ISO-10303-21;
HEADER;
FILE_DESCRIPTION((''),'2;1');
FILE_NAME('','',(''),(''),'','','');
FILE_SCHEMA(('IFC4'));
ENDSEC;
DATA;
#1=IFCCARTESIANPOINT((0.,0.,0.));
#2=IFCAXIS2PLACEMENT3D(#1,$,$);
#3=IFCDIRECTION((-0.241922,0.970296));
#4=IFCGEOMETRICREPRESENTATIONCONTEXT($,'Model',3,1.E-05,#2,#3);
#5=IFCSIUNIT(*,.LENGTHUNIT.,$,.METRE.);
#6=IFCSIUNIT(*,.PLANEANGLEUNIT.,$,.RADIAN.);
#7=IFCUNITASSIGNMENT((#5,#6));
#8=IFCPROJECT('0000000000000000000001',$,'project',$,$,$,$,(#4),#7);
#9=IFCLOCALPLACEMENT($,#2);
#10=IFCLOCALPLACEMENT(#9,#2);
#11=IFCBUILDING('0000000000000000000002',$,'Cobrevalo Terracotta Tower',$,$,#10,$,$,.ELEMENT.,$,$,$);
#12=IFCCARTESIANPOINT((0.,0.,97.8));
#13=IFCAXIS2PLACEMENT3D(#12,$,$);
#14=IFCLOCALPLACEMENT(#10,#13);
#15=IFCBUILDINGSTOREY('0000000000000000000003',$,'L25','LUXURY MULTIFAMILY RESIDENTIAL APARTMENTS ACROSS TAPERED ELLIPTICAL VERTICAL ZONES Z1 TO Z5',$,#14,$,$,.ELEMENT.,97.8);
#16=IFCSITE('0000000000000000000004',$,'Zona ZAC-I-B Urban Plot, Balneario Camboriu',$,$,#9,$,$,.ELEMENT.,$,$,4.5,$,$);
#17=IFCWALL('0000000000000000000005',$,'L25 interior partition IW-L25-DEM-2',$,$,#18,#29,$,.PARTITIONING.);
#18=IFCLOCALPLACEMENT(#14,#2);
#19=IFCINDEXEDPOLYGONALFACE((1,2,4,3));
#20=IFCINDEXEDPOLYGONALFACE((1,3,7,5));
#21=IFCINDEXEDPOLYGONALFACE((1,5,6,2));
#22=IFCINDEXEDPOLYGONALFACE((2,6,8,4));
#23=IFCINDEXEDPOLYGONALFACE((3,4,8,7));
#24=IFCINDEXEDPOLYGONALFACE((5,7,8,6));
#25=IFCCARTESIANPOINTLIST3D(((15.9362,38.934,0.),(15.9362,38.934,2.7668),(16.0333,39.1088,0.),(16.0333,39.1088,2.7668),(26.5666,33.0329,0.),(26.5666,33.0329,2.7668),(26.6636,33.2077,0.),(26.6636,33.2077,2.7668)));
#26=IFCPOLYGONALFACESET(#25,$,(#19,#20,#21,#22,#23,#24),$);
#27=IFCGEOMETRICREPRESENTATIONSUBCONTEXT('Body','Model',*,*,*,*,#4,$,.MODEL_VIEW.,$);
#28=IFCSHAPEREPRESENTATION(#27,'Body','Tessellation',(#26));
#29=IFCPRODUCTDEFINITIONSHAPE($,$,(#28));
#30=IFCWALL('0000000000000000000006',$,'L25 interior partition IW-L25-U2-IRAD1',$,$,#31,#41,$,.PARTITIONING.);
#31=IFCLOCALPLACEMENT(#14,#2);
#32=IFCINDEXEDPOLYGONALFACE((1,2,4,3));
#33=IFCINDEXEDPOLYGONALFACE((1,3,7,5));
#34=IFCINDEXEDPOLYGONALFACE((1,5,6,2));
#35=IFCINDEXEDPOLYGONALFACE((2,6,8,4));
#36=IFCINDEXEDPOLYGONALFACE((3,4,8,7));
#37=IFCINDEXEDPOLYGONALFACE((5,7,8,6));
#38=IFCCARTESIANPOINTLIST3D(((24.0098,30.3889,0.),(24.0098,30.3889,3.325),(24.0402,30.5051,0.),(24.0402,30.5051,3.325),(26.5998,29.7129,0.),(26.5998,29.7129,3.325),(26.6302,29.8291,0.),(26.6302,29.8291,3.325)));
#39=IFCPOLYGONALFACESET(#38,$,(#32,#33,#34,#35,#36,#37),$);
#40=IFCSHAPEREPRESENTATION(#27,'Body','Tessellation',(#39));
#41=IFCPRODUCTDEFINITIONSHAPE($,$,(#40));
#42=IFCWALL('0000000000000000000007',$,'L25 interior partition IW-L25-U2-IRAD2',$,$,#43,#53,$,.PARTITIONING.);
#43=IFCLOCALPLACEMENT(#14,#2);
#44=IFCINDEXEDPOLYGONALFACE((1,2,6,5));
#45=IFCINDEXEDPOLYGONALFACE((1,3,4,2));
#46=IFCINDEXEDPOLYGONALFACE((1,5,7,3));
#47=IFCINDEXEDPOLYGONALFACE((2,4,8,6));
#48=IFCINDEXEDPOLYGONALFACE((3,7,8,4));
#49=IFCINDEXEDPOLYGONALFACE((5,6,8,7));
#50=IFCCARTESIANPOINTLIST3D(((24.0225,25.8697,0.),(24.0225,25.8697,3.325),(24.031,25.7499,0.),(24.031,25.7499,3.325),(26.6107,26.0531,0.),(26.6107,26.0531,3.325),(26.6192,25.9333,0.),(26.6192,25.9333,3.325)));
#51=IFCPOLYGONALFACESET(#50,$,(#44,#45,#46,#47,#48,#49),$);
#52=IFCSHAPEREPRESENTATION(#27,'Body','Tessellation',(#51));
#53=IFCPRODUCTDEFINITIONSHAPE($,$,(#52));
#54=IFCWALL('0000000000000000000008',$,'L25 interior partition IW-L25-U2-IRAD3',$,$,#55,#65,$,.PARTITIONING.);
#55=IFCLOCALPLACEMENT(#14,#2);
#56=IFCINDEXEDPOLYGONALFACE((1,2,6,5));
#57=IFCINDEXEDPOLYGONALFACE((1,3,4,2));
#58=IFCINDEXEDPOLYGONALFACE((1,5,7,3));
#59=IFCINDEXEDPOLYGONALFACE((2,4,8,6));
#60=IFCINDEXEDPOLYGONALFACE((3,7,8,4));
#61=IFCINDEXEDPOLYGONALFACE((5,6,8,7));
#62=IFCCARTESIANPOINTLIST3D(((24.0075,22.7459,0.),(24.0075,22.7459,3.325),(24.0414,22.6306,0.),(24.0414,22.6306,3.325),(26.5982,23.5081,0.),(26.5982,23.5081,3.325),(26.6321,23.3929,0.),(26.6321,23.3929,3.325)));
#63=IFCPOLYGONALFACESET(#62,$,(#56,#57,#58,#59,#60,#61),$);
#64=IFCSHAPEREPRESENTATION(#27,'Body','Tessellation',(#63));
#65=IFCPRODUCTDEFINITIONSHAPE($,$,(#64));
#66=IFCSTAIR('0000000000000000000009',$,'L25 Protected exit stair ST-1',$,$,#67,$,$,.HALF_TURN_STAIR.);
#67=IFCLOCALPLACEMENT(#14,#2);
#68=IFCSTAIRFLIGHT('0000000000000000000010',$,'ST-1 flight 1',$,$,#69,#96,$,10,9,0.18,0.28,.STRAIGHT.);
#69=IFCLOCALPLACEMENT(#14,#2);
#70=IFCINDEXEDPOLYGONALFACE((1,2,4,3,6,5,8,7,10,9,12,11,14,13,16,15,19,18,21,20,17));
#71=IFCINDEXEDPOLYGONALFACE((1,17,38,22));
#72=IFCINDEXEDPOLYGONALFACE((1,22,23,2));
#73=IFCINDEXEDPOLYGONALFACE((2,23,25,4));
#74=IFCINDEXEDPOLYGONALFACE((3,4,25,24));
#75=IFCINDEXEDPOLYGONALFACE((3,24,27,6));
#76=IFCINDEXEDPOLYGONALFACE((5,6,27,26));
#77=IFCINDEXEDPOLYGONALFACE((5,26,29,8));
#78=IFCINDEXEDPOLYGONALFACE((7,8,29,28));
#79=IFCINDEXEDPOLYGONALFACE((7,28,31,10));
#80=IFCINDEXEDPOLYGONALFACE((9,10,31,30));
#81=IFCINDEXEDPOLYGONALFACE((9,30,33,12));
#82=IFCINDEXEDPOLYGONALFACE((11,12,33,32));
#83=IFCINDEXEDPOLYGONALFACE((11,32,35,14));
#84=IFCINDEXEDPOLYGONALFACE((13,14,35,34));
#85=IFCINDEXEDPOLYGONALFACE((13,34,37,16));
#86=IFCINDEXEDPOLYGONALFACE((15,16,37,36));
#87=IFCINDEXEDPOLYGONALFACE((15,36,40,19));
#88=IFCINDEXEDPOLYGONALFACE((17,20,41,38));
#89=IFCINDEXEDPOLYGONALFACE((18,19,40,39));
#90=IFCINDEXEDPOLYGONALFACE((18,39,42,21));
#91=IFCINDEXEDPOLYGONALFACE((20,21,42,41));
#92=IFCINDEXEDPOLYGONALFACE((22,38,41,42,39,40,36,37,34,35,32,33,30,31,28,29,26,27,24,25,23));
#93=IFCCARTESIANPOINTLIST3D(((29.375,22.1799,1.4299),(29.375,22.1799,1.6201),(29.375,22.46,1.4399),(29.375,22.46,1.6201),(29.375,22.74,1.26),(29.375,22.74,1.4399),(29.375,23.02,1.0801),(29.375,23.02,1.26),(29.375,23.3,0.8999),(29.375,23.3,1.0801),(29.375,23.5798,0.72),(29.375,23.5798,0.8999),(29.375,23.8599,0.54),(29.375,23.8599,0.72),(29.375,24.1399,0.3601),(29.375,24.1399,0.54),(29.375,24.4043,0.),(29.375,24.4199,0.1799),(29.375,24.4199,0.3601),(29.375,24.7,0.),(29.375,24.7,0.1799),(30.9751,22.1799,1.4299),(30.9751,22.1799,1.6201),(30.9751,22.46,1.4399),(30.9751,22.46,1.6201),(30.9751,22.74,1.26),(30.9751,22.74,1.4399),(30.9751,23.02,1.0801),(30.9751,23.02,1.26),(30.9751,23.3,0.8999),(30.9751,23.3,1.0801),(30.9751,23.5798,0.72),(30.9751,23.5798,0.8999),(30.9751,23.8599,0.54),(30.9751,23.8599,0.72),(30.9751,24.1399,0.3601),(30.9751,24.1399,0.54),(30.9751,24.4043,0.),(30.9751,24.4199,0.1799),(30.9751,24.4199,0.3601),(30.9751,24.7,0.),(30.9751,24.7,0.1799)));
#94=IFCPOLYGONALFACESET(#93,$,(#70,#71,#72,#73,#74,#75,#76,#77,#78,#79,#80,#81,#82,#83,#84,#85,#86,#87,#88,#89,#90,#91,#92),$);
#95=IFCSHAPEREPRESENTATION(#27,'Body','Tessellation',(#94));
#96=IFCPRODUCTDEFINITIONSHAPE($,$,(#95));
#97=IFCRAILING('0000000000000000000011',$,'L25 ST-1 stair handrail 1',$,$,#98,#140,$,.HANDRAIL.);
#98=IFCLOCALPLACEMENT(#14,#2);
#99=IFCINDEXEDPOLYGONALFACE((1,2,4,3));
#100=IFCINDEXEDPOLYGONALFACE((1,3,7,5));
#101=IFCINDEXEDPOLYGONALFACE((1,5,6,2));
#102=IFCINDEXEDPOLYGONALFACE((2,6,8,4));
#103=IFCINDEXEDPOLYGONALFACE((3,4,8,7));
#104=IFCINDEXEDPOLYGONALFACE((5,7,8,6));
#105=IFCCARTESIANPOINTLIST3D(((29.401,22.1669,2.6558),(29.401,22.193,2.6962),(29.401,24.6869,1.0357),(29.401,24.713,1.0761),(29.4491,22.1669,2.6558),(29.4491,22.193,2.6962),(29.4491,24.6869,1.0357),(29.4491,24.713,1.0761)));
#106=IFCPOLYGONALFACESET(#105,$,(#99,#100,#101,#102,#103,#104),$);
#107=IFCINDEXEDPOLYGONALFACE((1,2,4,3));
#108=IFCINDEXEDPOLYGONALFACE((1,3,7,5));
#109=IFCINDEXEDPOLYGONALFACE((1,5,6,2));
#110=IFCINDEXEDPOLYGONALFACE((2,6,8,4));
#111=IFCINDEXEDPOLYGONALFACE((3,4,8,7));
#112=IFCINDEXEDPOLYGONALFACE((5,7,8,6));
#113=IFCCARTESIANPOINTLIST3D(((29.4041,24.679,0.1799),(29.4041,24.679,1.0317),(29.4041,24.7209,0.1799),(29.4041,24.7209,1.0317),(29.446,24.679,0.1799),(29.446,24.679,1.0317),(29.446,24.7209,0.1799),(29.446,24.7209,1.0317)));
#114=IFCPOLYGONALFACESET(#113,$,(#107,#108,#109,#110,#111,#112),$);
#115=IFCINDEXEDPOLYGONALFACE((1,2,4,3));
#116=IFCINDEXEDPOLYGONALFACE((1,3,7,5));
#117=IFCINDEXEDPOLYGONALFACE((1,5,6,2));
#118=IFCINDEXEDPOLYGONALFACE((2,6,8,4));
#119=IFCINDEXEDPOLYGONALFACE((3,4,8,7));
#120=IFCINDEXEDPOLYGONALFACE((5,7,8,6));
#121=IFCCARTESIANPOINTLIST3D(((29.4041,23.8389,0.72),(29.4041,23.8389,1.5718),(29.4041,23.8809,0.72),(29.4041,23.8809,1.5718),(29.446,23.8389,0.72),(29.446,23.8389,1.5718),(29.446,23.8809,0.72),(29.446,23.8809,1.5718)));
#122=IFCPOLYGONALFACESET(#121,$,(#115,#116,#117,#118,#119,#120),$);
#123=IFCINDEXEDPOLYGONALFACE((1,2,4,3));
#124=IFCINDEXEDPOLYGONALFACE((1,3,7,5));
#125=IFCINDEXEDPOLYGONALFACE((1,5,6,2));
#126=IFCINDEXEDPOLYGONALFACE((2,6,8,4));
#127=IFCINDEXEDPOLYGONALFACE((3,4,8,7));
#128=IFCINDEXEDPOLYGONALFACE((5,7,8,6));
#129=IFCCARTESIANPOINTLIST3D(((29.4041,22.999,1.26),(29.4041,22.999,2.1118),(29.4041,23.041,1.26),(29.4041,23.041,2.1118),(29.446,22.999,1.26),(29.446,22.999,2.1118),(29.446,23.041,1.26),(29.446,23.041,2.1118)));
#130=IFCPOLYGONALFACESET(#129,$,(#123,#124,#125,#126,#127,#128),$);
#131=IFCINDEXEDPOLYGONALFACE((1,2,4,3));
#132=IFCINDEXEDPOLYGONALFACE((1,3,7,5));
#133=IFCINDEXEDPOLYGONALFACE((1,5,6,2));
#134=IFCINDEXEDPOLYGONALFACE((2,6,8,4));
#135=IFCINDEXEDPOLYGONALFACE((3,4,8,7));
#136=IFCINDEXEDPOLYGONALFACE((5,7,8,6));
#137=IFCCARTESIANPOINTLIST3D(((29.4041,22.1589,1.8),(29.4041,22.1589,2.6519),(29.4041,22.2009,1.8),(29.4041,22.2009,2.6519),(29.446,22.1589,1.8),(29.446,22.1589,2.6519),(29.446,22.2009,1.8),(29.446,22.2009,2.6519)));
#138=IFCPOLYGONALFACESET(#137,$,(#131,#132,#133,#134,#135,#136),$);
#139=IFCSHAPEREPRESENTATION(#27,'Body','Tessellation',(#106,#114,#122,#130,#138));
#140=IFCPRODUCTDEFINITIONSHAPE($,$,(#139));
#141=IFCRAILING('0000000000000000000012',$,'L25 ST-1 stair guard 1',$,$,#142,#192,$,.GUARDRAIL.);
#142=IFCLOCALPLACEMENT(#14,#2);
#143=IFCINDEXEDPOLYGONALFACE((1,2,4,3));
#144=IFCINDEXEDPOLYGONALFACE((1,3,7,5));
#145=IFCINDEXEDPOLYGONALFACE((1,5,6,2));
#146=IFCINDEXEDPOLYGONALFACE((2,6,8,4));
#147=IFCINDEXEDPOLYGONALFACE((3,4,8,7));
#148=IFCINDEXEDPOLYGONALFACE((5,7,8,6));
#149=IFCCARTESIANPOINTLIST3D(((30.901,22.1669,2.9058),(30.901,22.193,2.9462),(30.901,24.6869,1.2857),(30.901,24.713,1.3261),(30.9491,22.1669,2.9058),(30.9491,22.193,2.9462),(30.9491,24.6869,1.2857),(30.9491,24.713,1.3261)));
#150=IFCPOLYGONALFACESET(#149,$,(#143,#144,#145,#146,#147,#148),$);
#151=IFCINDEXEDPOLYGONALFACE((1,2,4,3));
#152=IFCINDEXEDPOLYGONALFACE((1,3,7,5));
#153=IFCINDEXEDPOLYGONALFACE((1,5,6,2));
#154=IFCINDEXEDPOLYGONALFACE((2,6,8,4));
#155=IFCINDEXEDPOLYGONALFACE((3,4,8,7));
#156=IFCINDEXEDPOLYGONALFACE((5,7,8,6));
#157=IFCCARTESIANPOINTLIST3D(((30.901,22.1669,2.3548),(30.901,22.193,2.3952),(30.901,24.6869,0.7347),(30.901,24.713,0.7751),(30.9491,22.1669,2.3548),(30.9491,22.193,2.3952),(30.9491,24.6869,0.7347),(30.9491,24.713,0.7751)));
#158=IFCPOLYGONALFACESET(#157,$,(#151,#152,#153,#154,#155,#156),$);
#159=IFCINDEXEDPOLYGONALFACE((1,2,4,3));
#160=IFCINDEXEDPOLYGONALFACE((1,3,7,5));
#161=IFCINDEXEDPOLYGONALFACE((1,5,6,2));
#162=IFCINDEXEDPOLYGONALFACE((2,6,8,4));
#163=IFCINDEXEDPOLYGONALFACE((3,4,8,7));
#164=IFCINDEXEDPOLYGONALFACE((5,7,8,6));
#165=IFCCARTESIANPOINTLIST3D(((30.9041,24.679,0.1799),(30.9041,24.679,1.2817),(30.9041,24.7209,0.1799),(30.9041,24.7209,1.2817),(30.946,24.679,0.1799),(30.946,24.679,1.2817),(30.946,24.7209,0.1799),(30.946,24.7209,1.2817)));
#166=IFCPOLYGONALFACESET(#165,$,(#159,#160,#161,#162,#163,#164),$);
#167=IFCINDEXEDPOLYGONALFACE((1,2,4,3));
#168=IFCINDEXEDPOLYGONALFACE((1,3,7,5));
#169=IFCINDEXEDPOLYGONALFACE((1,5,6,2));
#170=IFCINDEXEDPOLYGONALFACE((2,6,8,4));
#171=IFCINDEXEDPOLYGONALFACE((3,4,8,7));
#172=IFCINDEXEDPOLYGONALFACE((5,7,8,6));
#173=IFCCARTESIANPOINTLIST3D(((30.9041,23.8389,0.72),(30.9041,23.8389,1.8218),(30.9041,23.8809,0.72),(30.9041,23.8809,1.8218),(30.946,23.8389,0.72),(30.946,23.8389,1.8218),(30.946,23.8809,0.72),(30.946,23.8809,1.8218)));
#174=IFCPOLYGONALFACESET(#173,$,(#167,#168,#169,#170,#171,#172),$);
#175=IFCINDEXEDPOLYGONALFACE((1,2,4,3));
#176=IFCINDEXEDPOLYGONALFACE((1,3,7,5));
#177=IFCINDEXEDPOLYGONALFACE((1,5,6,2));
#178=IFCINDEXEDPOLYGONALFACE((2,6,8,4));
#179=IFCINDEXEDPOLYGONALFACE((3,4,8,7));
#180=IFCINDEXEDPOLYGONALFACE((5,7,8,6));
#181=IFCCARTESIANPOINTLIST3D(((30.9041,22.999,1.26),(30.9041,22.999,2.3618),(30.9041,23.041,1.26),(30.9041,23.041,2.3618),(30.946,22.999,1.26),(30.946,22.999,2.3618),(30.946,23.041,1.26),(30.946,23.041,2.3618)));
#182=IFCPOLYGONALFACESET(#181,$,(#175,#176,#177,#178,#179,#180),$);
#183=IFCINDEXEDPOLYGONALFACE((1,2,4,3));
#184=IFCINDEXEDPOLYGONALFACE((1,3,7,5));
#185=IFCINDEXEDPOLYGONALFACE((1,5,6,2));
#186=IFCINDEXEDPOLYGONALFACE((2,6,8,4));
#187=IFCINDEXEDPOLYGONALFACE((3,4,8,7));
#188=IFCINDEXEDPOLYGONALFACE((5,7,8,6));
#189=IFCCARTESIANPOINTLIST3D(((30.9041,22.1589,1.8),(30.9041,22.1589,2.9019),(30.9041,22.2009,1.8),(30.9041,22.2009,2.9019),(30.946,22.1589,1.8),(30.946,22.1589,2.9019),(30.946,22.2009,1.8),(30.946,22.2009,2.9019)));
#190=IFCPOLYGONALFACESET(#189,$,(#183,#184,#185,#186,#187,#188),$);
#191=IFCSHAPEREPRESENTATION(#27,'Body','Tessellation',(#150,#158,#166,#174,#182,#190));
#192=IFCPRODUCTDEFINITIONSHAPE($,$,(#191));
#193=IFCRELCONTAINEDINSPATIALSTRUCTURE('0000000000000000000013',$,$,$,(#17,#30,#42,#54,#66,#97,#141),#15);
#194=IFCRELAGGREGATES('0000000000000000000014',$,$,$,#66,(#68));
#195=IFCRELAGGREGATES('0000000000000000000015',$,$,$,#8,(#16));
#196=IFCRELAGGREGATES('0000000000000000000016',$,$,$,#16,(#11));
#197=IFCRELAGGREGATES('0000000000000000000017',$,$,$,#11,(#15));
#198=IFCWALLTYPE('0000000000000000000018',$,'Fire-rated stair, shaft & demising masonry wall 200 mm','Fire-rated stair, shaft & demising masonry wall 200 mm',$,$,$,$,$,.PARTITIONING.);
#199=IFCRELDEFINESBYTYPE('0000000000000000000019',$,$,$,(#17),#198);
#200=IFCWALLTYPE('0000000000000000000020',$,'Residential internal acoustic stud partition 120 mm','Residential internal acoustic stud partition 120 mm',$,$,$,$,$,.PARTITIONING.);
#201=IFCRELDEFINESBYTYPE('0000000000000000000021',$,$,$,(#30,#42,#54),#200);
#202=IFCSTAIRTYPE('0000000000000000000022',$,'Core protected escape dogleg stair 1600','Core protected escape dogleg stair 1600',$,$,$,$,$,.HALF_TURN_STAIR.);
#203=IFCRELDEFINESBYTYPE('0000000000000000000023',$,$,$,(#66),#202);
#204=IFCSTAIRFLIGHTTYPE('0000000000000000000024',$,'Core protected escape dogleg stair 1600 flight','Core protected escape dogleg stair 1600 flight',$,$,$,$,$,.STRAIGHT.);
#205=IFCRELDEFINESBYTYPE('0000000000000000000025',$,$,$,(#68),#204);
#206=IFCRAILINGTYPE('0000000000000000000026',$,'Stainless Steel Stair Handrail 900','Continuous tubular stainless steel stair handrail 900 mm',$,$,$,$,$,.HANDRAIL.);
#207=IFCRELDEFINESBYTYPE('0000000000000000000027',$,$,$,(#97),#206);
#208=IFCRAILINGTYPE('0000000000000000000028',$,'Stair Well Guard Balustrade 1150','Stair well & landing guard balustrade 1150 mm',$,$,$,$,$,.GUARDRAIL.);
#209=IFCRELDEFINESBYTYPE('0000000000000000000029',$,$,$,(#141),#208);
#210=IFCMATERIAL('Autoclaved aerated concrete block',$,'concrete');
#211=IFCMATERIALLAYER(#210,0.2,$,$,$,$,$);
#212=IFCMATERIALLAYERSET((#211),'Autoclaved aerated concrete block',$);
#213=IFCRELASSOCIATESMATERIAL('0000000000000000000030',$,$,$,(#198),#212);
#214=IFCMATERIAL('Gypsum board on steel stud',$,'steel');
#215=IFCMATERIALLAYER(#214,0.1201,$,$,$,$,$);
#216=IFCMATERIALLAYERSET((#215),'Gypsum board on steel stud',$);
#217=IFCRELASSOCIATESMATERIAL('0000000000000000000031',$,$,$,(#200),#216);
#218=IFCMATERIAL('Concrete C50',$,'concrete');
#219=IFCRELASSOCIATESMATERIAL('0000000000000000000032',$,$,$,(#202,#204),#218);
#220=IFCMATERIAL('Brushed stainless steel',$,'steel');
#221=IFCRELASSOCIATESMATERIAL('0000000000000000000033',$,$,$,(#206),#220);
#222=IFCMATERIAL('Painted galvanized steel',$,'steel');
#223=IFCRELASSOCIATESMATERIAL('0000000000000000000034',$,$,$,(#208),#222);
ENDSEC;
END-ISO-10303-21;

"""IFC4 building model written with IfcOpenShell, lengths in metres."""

from ifc_helpers import new_model, si_unit, direction, frame, frame_2d, origin, origin_2d, place, context, subcontext, project, spatial, polyline, rectangle, outline, extrude, material, layer, layer_set, type_object, element, aggregate, save


model = new_model("IFC4")

# Units and contexts
model_context = context("Model", 3, precision=1e-05, world=origin(), true_north=direction((-0.241922, 0.970296)))
body_context = subcontext(model_context, "Body", "Model", "MODEL_VIEW")
ifc_project = project(units=[si_unit("LENGTHUNIT", "METRE"), si_unit("PLANEANGLEUNIT", "RADIAN")], contexts=[model_context])

# Site, building, storey
site_placement = place(None, origin())
site = spatial("IfcSite", under=ifc_project, at=site_placement, Name="Zona ZAC-I-B Urban Plot, Balneario Camboriu", CompositionType="ELEMENT", RefElevation=4.5)
building_placement = place(site_placement, origin())
building = spatial("IfcBuilding", under=site, at=building_placement, Name="Cobrevalo Terracotta Tower", CompositionType="ELEMENT")
storey_placement = place(building_placement, frame((0.0, 0.0, 97.8)))
storey = spatial("IfcBuildingStorey", under=building, at=storey_placement, Name="L25", Description="LUXURY MULTIFAMILY RESIDENTIAL APARTMENTS ACROSS TAPERED ELLIPTICAL VERTICAL ZONES Z1 TO Z5", CompositionType="ELEMENT", Elevation=97.8)

# Shared definitions
ifc_material_1 = material(Name="Gypsum board on steel stud", Category="steel")

# Shared definitions
ifc_material_2 = material(Name="Brushed stainless steel", Category="steel")

# Walls
ifc_material_3 = material(Name="Autoclaved aerated concrete block", Category="concrete")
ifc_layer_1 = layer(ifc_material_3, 0.2)
ifc_layer_set_1 = layer_set([ifc_layer_1], Name="Autoclaved aerated concrete block")
wall_type_1 = type_object("IfcWallType", Name="Fire-rated stair, shaft & demising masonry wall 200 mm", Description="Fire-rated stair, shaft & demising masonry wall 200 mm", PredefinedType="PARTITIONING", material=ifc_layer_set_1)
wall_1_placement = place(storey_placement, frame((26.615, 33.1204, 0.0), z_axis=(0.0, 0.0, 1.0), x_axis=(-0.874319, 0.485351, 0.0)))
element("IfcWall", 1, at=wall_1_placement, inside=storey, type_object=wall_type_1, Name="L25 interior partition IW-L25-DEM-2", PredefinedType="PARTITIONING", context=body_context, shape_type="SweptSolid", body=[
    extrude(rectangle(XDim=12.1584, YDim=0.2, at=frame_2d((6.0791, 0.0))), origin(), (0.0, 0.0, 1.0), 2.7668),
])
ifc_layer_2 = layer(ifc_material_1, 0.1201)
ifc_layer_set_2 = layer_set([ifc_layer_2], Name="Gypsum board on steel stud")
wall_type_2 = type_object("IfcWallType", Name="Residential internal acoustic stud partition 120 mm", Description="Residential internal acoustic stud partition 120 mm", PredefinedType="PARTITIONING", material=ifc_layer_set_2)
wall_2_placement = place(storey_placement, frame((26.615, 29.771, 0.0), z_axis=(0.0, 0.0, 1.0), x_axis=(-0.967585, 0.252544, 0.0)))
element("IfcWall", 2, at=wall_2_placement, inside=storey, type_object=wall_type_2, Name="L25 interior partition IW-L25-U2-IRAD1", PredefinedType="PARTITIONING", context=body_context, shape_type="SweptSolid", body=[
    extrude(rectangle(XDim=2.6768, YDim=0.1201, at=frame_2d((1.3384, 0.0))), origin(), (0.0, 0.0, 1.0), 3.325),
])
wall_3_placement = place(storey_placement, frame((26.615, 25.9932, 0.0), z_axis=(0.0, 0.0, 1.0), x_axis=(-0.9975, -0.070665, 0.0)))
element("IfcWall", 3, at=wall_3_placement, inside=storey, type_object=wall_type_2, Name="L25 interior partition IW-L25-U2-IRAD2", PredefinedType="PARTITIONING", context=body_context, shape_type="SweptSolid", body=[
    extrude(rectangle(XDim=2.5947, YDim=0.1201, at=frame_2d((1.2974, 0.0))), origin(), (0.0, 0.0, 1.0), 3.325),
])
wall_4_placement = place(storey_placement, frame((26.615, 23.4504, 0.0), z_axis=(0.0, 0.0, 1.0), x_axis=(-0.959338, -0.282259, 0.0)))
element("IfcWall", 4, at=wall_4_placement, inside=storey, type_object=wall_type_2, Name="L25 interior partition IW-L25-U2-IRAD3", PredefinedType="PARTITIONING", context=body_context, shape_type="SweptSolid", body=[
    extrude(rectangle(XDim=2.7004, YDim=0.1201, at=frame_2d((1.3501, 0.0))), origin(), (0.0, 0.0, 1.0), 3.325),
])

# Shared definitions
ifc_material_4 = material(Name="Concrete C50", Category="concrete")

# Stair, stair flight
stair_type = type_object("IfcStairType", Name="Core protected escape dogleg stair 1600", Description="Core protected escape dogleg stair 1600", PredefinedType="HALF_TURN_STAIR", material=ifc_material_4)
stair_placement = place(storey_placement, origin())
stair = element("IfcStair", 5, at=stair_placement, inside=storey, type_object=stair_type, Name="L25 Protected exit stair ST-1", PredefinedType="HALF_TURN_STAIR")
stair_flight_type = type_object("IfcStairFlightType", Name="Core protected escape dogleg stair 1600 flight", Description="Core protected escape dogleg stair 1600 flight", PredefinedType="STRAIGHT", material=ifc_material_4)
stair_flight_placement = place(storey_placement, frame((30.175, 24.7, 0.0), z_axis=(0.0, 0.0, 1.0), x_axis=(0.0, -1.0, 0.0)))
stair_flight = element("IfcStairFlight", 6, at=stair_flight_placement, type_object=stair_flight_type, Name="ST-1 flight 1", NumberOfRisers=10, NumberOfTreads=9, PredefinedType="STRAIGHT", RiserHeight=0.18, TreadLength=0.28, context=body_context, shape_type="SweptSolid", body=[
    extrude(outline(polyline([(0.0, 0.0), (0.0, 0.1799), (0.28, 0.1799), (0.28, 0.3601), (0.5601, 0.3601), (0.5601, 0.54), (0.8401, 0.54), (0.8401, 0.72), (1.1201, 0.72), (1.1201, 0.8999), (1.3999, 0.8999), (1.3999, 1.0801), (1.6799, 1.0801), (1.6799, 1.26), (1.96, 1.26), (1.96, 1.4399), (2.24, 1.4399), (2.24, 1.6201), (2.52, 1.6201), (2.52, 1.8), (2.52, 1.4299), (0.2957, 0.0), (0.0, 0.0)])), frame((0.0, 0.8, 0.0), z_axis=(0.0, -1.0, 0.0), x_axis=(1.0, 0.0, 0.0)), (0.0, 0.0, 1.0), 1.6001),
])
aggregate(stair, [stair_flight])

# Railings
railing_type_1 = type_object("IfcRailingType", Name="Stainless Steel Stair Handrail 900", Description="Continuous tubular stainless steel stair handrail 900 mm", PredefinedType="HANDRAIL", material=ifc_material_2)
railing_1_placement = place(storey_placement, frame((29.425, 24.7, 0.1799)))
element("IfcRailing", 7, at=railing_1_placement, inside=storey, type_object=railing_type_1, Name="L25 ST-1 stair handrail 1", PredefinedType="HANDRAIL", context=body_context, shape_type="SweptSolid", body=[
    extrude(rectangle(XDim=0.0481, YDim=0.0481, at=origin_2d()), frame((0.0, 0.0, 0.876), z_axis=(0.0, -0.841163, 0.540782), x_axis=(1.0, 0.0, 0.0)), (0.0, 0.0, 1.0), 2.9958),
    extrude(rectangle(XDim=0.042, YDim=0.042, at=origin_2d()), origin(), (0.0, 0.0, 1.0), 0.8518),
    extrude(rectangle(XDim=0.042, YDim=0.042, at=origin_2d()), frame((0.0, -0.8401, 0.54)), (0.0, 0.0, 1.0), 0.8518),
    extrude(rectangle(XDim=0.042, YDim=0.042, at=origin_2d()), frame((0.0, -1.6799, 1.0801)), (0.0, 0.0, 1.0), 0.8518),
    extrude(rectangle(XDim=0.042, YDim=0.042, at=origin_2d()), frame((0.0, -2.52, 1.6201)), (0.0, 0.0, 1.0), 0.8518),
])
ifc_material_5 = material(Name="Painted galvanized steel", Category="steel")
railing_type_2 = type_object("IfcRailingType", Name="Stair Well Guard Balustrade 1150", Description="Stair well & landing guard balustrade 1150 mm", PredefinedType="GUARDRAIL", material=ifc_material_5)
railing_2_placement = place(storey_placement, frame((30.925, 24.7, 0.1799)))
element("IfcRailing", 8, at=railing_2_placement, inside=storey, type_object=railing_type_2, Name="L25 ST-1 stair guard 1", PredefinedType="GUARDRAIL", context=body_context, shape_type="SweptSolid", body=[
    extrude(rectangle(XDim=0.0481, YDim=0.0481, at=origin_2d()), frame((0.0, 0.0, 1.126), z_axis=(0.0, -0.841163, 0.540782), x_axis=(1.0, 0.0, 0.0)), (0.0, 0.0, 1.0), 2.9958),
    extrude(rectangle(XDim=0.0481, YDim=0.0481, at=origin_2d()), frame((0.0, 0.0, 0.575), z_axis=(0.0, -0.841163, 0.540782), x_axis=(1.0, 0.0, 0.0)), (0.0, 0.0, 1.0), 2.9958),
    extrude(rectangle(XDim=0.042, YDim=0.042, at=origin_2d()), origin(), (0.0, 0.0, 1.0), 1.1018),
    extrude(rectangle(XDim=0.042, YDim=0.042, at=origin_2d()), frame((0.0, -0.8401, 0.54)), (0.0, 0.0, 1.0), 1.1018),
    extrude(rectangle(XDim=0.042, YDim=0.042, at=origin_2d()), frame((0.0, -1.6799, 1.0801)), (0.0, 0.0, 1.0), 1.1018),
    extrude(rectangle(XDim=0.042, YDim=0.042, at=origin_2d()), frame((0.0, -2.52, 1.6201)), (0.0, 0.0, 1.0), 1.1018),
])

save(model, "model.ifc")
